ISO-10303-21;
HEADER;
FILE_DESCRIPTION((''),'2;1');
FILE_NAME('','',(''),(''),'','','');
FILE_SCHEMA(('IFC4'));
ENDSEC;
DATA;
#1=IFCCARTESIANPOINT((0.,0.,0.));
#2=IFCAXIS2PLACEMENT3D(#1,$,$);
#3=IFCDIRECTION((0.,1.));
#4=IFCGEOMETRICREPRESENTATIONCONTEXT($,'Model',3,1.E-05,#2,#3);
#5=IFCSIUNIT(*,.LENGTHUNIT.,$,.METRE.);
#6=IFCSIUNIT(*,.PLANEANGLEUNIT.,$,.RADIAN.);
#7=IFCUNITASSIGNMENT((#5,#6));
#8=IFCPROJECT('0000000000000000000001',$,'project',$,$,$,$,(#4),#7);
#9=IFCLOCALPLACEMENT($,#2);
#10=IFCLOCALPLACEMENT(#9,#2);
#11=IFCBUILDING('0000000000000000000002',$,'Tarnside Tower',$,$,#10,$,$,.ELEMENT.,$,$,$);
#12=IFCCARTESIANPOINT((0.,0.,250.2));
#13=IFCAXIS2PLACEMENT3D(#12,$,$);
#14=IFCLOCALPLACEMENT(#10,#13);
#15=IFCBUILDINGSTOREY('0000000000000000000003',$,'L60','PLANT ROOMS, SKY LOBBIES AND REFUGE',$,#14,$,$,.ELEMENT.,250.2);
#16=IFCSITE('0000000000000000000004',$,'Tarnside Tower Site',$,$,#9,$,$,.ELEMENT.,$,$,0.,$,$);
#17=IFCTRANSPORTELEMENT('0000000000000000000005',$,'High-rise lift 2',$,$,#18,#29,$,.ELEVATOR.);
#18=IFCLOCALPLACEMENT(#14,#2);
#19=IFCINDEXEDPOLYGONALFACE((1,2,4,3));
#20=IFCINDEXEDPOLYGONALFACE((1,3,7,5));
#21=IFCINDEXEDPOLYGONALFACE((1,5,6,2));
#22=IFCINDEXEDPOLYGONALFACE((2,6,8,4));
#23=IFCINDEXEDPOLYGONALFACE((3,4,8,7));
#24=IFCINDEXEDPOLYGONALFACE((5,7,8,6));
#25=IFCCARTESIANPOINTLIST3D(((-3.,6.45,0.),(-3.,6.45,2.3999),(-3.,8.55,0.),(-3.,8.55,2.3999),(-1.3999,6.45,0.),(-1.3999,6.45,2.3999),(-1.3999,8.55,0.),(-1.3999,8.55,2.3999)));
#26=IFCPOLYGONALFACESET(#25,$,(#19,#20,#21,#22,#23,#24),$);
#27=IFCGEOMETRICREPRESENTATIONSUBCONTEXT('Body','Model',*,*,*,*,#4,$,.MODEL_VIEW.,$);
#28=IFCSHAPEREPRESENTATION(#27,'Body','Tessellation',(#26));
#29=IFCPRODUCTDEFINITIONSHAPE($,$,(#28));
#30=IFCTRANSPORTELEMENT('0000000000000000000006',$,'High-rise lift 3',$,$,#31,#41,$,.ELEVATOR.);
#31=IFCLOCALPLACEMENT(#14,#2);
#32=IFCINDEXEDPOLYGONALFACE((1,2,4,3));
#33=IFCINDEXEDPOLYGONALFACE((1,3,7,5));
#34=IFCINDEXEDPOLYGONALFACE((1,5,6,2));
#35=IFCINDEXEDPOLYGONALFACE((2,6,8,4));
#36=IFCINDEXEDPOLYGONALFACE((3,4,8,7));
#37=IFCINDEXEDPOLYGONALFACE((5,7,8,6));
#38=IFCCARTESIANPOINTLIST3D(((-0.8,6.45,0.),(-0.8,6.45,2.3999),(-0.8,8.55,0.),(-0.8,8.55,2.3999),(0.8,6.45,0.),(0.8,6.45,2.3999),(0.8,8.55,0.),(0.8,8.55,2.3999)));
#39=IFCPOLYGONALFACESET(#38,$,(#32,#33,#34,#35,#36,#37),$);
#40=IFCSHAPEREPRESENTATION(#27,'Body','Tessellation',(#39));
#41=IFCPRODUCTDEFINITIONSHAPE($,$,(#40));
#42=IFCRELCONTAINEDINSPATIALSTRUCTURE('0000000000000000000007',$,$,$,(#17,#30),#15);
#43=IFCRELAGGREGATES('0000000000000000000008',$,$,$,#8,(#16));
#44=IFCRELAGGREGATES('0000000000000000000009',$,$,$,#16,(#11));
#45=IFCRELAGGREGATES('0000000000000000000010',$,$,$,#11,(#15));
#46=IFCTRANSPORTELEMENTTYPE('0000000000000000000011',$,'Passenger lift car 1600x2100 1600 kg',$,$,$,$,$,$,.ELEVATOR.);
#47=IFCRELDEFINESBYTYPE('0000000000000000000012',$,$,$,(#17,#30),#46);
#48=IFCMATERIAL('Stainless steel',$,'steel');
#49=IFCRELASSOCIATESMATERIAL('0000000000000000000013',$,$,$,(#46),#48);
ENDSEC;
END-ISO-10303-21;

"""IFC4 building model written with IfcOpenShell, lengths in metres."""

from ifc_helpers import new_model, si_unit, direction, frame, origin, origin_2d, place, context, subcontext, project, spatial, rectangle, extrude, material, type_object, element, save


model = new_model("IFC4")

# Units and contexts
model_context = context("Model", 3, precision=1e-05, world=origin(), true_north=direction((0.0, 1.0)))
body_context = subcontext(model_context, "Body", "Model", "MODEL_VIEW")
ifc_project = project(units=[si_unit("LENGTHUNIT", "METRE"), si_unit("PLANEANGLEUNIT", "RADIAN")], contexts=[model_context])

# Site, building, storey
site_placement = place(None, origin())
site = spatial("IfcSite", under=ifc_project, at=site_placement, Name="Tarnside Tower Site", CompositionType="ELEMENT", RefElevation=0.0)
building_placement = place(site_placement, origin())
building = spatial("IfcBuilding", under=site, at=building_placement, Name="Tarnside Tower", CompositionType="ELEMENT")
storey_placement = place(building_placement, frame((0.0, 0.0, 250.2)))
storey = spatial("IfcBuildingStorey", under=building, at=storey_placement, Name="L60", Description="PLANT ROOMS, SKY LOBBIES AND REFUGE", CompositionType="ELEMENT", Elevation=250.2)

# Transport elements
ifc_material_1 = material(Name="Stainless steel", Category="steel")
transport_element_type = type_object("IfcTransportElementType", Name="Passenger lift car 1600x2100 1600 kg", PredefinedType="ELEVATOR", material=ifc_material_1)
for number, where, z_axis, x_axis, name in (
    (1, (-2.2, 7.5, 0.0), (0.0, 0.0, 1.0), (1.0, 0.0, 0.0), "High-rise lift 2"),
    (2, (0.0, 7.5, 0.0), (0.0, 0.0, 1.0), (1.0, 0.0, 0.0), "High-rise lift 3"),
):
    element("IfcTransportElement", number, at=place(storey_placement, frame(where, z_axis=z_axis, x_axis=x_axis)), inside=storey, type_object=transport_element_type, Name=name, PredefinedType="ELEVATOR", context=body_context, shape_type="SweptSolid", body=[
        extrude(rectangle(XDim=1.6001, YDim=2.1001, at=origin_2d()), origin(), (0.0, 0.0, 1.0), 2.3999),
    ])

save(model, "model.ifc")
